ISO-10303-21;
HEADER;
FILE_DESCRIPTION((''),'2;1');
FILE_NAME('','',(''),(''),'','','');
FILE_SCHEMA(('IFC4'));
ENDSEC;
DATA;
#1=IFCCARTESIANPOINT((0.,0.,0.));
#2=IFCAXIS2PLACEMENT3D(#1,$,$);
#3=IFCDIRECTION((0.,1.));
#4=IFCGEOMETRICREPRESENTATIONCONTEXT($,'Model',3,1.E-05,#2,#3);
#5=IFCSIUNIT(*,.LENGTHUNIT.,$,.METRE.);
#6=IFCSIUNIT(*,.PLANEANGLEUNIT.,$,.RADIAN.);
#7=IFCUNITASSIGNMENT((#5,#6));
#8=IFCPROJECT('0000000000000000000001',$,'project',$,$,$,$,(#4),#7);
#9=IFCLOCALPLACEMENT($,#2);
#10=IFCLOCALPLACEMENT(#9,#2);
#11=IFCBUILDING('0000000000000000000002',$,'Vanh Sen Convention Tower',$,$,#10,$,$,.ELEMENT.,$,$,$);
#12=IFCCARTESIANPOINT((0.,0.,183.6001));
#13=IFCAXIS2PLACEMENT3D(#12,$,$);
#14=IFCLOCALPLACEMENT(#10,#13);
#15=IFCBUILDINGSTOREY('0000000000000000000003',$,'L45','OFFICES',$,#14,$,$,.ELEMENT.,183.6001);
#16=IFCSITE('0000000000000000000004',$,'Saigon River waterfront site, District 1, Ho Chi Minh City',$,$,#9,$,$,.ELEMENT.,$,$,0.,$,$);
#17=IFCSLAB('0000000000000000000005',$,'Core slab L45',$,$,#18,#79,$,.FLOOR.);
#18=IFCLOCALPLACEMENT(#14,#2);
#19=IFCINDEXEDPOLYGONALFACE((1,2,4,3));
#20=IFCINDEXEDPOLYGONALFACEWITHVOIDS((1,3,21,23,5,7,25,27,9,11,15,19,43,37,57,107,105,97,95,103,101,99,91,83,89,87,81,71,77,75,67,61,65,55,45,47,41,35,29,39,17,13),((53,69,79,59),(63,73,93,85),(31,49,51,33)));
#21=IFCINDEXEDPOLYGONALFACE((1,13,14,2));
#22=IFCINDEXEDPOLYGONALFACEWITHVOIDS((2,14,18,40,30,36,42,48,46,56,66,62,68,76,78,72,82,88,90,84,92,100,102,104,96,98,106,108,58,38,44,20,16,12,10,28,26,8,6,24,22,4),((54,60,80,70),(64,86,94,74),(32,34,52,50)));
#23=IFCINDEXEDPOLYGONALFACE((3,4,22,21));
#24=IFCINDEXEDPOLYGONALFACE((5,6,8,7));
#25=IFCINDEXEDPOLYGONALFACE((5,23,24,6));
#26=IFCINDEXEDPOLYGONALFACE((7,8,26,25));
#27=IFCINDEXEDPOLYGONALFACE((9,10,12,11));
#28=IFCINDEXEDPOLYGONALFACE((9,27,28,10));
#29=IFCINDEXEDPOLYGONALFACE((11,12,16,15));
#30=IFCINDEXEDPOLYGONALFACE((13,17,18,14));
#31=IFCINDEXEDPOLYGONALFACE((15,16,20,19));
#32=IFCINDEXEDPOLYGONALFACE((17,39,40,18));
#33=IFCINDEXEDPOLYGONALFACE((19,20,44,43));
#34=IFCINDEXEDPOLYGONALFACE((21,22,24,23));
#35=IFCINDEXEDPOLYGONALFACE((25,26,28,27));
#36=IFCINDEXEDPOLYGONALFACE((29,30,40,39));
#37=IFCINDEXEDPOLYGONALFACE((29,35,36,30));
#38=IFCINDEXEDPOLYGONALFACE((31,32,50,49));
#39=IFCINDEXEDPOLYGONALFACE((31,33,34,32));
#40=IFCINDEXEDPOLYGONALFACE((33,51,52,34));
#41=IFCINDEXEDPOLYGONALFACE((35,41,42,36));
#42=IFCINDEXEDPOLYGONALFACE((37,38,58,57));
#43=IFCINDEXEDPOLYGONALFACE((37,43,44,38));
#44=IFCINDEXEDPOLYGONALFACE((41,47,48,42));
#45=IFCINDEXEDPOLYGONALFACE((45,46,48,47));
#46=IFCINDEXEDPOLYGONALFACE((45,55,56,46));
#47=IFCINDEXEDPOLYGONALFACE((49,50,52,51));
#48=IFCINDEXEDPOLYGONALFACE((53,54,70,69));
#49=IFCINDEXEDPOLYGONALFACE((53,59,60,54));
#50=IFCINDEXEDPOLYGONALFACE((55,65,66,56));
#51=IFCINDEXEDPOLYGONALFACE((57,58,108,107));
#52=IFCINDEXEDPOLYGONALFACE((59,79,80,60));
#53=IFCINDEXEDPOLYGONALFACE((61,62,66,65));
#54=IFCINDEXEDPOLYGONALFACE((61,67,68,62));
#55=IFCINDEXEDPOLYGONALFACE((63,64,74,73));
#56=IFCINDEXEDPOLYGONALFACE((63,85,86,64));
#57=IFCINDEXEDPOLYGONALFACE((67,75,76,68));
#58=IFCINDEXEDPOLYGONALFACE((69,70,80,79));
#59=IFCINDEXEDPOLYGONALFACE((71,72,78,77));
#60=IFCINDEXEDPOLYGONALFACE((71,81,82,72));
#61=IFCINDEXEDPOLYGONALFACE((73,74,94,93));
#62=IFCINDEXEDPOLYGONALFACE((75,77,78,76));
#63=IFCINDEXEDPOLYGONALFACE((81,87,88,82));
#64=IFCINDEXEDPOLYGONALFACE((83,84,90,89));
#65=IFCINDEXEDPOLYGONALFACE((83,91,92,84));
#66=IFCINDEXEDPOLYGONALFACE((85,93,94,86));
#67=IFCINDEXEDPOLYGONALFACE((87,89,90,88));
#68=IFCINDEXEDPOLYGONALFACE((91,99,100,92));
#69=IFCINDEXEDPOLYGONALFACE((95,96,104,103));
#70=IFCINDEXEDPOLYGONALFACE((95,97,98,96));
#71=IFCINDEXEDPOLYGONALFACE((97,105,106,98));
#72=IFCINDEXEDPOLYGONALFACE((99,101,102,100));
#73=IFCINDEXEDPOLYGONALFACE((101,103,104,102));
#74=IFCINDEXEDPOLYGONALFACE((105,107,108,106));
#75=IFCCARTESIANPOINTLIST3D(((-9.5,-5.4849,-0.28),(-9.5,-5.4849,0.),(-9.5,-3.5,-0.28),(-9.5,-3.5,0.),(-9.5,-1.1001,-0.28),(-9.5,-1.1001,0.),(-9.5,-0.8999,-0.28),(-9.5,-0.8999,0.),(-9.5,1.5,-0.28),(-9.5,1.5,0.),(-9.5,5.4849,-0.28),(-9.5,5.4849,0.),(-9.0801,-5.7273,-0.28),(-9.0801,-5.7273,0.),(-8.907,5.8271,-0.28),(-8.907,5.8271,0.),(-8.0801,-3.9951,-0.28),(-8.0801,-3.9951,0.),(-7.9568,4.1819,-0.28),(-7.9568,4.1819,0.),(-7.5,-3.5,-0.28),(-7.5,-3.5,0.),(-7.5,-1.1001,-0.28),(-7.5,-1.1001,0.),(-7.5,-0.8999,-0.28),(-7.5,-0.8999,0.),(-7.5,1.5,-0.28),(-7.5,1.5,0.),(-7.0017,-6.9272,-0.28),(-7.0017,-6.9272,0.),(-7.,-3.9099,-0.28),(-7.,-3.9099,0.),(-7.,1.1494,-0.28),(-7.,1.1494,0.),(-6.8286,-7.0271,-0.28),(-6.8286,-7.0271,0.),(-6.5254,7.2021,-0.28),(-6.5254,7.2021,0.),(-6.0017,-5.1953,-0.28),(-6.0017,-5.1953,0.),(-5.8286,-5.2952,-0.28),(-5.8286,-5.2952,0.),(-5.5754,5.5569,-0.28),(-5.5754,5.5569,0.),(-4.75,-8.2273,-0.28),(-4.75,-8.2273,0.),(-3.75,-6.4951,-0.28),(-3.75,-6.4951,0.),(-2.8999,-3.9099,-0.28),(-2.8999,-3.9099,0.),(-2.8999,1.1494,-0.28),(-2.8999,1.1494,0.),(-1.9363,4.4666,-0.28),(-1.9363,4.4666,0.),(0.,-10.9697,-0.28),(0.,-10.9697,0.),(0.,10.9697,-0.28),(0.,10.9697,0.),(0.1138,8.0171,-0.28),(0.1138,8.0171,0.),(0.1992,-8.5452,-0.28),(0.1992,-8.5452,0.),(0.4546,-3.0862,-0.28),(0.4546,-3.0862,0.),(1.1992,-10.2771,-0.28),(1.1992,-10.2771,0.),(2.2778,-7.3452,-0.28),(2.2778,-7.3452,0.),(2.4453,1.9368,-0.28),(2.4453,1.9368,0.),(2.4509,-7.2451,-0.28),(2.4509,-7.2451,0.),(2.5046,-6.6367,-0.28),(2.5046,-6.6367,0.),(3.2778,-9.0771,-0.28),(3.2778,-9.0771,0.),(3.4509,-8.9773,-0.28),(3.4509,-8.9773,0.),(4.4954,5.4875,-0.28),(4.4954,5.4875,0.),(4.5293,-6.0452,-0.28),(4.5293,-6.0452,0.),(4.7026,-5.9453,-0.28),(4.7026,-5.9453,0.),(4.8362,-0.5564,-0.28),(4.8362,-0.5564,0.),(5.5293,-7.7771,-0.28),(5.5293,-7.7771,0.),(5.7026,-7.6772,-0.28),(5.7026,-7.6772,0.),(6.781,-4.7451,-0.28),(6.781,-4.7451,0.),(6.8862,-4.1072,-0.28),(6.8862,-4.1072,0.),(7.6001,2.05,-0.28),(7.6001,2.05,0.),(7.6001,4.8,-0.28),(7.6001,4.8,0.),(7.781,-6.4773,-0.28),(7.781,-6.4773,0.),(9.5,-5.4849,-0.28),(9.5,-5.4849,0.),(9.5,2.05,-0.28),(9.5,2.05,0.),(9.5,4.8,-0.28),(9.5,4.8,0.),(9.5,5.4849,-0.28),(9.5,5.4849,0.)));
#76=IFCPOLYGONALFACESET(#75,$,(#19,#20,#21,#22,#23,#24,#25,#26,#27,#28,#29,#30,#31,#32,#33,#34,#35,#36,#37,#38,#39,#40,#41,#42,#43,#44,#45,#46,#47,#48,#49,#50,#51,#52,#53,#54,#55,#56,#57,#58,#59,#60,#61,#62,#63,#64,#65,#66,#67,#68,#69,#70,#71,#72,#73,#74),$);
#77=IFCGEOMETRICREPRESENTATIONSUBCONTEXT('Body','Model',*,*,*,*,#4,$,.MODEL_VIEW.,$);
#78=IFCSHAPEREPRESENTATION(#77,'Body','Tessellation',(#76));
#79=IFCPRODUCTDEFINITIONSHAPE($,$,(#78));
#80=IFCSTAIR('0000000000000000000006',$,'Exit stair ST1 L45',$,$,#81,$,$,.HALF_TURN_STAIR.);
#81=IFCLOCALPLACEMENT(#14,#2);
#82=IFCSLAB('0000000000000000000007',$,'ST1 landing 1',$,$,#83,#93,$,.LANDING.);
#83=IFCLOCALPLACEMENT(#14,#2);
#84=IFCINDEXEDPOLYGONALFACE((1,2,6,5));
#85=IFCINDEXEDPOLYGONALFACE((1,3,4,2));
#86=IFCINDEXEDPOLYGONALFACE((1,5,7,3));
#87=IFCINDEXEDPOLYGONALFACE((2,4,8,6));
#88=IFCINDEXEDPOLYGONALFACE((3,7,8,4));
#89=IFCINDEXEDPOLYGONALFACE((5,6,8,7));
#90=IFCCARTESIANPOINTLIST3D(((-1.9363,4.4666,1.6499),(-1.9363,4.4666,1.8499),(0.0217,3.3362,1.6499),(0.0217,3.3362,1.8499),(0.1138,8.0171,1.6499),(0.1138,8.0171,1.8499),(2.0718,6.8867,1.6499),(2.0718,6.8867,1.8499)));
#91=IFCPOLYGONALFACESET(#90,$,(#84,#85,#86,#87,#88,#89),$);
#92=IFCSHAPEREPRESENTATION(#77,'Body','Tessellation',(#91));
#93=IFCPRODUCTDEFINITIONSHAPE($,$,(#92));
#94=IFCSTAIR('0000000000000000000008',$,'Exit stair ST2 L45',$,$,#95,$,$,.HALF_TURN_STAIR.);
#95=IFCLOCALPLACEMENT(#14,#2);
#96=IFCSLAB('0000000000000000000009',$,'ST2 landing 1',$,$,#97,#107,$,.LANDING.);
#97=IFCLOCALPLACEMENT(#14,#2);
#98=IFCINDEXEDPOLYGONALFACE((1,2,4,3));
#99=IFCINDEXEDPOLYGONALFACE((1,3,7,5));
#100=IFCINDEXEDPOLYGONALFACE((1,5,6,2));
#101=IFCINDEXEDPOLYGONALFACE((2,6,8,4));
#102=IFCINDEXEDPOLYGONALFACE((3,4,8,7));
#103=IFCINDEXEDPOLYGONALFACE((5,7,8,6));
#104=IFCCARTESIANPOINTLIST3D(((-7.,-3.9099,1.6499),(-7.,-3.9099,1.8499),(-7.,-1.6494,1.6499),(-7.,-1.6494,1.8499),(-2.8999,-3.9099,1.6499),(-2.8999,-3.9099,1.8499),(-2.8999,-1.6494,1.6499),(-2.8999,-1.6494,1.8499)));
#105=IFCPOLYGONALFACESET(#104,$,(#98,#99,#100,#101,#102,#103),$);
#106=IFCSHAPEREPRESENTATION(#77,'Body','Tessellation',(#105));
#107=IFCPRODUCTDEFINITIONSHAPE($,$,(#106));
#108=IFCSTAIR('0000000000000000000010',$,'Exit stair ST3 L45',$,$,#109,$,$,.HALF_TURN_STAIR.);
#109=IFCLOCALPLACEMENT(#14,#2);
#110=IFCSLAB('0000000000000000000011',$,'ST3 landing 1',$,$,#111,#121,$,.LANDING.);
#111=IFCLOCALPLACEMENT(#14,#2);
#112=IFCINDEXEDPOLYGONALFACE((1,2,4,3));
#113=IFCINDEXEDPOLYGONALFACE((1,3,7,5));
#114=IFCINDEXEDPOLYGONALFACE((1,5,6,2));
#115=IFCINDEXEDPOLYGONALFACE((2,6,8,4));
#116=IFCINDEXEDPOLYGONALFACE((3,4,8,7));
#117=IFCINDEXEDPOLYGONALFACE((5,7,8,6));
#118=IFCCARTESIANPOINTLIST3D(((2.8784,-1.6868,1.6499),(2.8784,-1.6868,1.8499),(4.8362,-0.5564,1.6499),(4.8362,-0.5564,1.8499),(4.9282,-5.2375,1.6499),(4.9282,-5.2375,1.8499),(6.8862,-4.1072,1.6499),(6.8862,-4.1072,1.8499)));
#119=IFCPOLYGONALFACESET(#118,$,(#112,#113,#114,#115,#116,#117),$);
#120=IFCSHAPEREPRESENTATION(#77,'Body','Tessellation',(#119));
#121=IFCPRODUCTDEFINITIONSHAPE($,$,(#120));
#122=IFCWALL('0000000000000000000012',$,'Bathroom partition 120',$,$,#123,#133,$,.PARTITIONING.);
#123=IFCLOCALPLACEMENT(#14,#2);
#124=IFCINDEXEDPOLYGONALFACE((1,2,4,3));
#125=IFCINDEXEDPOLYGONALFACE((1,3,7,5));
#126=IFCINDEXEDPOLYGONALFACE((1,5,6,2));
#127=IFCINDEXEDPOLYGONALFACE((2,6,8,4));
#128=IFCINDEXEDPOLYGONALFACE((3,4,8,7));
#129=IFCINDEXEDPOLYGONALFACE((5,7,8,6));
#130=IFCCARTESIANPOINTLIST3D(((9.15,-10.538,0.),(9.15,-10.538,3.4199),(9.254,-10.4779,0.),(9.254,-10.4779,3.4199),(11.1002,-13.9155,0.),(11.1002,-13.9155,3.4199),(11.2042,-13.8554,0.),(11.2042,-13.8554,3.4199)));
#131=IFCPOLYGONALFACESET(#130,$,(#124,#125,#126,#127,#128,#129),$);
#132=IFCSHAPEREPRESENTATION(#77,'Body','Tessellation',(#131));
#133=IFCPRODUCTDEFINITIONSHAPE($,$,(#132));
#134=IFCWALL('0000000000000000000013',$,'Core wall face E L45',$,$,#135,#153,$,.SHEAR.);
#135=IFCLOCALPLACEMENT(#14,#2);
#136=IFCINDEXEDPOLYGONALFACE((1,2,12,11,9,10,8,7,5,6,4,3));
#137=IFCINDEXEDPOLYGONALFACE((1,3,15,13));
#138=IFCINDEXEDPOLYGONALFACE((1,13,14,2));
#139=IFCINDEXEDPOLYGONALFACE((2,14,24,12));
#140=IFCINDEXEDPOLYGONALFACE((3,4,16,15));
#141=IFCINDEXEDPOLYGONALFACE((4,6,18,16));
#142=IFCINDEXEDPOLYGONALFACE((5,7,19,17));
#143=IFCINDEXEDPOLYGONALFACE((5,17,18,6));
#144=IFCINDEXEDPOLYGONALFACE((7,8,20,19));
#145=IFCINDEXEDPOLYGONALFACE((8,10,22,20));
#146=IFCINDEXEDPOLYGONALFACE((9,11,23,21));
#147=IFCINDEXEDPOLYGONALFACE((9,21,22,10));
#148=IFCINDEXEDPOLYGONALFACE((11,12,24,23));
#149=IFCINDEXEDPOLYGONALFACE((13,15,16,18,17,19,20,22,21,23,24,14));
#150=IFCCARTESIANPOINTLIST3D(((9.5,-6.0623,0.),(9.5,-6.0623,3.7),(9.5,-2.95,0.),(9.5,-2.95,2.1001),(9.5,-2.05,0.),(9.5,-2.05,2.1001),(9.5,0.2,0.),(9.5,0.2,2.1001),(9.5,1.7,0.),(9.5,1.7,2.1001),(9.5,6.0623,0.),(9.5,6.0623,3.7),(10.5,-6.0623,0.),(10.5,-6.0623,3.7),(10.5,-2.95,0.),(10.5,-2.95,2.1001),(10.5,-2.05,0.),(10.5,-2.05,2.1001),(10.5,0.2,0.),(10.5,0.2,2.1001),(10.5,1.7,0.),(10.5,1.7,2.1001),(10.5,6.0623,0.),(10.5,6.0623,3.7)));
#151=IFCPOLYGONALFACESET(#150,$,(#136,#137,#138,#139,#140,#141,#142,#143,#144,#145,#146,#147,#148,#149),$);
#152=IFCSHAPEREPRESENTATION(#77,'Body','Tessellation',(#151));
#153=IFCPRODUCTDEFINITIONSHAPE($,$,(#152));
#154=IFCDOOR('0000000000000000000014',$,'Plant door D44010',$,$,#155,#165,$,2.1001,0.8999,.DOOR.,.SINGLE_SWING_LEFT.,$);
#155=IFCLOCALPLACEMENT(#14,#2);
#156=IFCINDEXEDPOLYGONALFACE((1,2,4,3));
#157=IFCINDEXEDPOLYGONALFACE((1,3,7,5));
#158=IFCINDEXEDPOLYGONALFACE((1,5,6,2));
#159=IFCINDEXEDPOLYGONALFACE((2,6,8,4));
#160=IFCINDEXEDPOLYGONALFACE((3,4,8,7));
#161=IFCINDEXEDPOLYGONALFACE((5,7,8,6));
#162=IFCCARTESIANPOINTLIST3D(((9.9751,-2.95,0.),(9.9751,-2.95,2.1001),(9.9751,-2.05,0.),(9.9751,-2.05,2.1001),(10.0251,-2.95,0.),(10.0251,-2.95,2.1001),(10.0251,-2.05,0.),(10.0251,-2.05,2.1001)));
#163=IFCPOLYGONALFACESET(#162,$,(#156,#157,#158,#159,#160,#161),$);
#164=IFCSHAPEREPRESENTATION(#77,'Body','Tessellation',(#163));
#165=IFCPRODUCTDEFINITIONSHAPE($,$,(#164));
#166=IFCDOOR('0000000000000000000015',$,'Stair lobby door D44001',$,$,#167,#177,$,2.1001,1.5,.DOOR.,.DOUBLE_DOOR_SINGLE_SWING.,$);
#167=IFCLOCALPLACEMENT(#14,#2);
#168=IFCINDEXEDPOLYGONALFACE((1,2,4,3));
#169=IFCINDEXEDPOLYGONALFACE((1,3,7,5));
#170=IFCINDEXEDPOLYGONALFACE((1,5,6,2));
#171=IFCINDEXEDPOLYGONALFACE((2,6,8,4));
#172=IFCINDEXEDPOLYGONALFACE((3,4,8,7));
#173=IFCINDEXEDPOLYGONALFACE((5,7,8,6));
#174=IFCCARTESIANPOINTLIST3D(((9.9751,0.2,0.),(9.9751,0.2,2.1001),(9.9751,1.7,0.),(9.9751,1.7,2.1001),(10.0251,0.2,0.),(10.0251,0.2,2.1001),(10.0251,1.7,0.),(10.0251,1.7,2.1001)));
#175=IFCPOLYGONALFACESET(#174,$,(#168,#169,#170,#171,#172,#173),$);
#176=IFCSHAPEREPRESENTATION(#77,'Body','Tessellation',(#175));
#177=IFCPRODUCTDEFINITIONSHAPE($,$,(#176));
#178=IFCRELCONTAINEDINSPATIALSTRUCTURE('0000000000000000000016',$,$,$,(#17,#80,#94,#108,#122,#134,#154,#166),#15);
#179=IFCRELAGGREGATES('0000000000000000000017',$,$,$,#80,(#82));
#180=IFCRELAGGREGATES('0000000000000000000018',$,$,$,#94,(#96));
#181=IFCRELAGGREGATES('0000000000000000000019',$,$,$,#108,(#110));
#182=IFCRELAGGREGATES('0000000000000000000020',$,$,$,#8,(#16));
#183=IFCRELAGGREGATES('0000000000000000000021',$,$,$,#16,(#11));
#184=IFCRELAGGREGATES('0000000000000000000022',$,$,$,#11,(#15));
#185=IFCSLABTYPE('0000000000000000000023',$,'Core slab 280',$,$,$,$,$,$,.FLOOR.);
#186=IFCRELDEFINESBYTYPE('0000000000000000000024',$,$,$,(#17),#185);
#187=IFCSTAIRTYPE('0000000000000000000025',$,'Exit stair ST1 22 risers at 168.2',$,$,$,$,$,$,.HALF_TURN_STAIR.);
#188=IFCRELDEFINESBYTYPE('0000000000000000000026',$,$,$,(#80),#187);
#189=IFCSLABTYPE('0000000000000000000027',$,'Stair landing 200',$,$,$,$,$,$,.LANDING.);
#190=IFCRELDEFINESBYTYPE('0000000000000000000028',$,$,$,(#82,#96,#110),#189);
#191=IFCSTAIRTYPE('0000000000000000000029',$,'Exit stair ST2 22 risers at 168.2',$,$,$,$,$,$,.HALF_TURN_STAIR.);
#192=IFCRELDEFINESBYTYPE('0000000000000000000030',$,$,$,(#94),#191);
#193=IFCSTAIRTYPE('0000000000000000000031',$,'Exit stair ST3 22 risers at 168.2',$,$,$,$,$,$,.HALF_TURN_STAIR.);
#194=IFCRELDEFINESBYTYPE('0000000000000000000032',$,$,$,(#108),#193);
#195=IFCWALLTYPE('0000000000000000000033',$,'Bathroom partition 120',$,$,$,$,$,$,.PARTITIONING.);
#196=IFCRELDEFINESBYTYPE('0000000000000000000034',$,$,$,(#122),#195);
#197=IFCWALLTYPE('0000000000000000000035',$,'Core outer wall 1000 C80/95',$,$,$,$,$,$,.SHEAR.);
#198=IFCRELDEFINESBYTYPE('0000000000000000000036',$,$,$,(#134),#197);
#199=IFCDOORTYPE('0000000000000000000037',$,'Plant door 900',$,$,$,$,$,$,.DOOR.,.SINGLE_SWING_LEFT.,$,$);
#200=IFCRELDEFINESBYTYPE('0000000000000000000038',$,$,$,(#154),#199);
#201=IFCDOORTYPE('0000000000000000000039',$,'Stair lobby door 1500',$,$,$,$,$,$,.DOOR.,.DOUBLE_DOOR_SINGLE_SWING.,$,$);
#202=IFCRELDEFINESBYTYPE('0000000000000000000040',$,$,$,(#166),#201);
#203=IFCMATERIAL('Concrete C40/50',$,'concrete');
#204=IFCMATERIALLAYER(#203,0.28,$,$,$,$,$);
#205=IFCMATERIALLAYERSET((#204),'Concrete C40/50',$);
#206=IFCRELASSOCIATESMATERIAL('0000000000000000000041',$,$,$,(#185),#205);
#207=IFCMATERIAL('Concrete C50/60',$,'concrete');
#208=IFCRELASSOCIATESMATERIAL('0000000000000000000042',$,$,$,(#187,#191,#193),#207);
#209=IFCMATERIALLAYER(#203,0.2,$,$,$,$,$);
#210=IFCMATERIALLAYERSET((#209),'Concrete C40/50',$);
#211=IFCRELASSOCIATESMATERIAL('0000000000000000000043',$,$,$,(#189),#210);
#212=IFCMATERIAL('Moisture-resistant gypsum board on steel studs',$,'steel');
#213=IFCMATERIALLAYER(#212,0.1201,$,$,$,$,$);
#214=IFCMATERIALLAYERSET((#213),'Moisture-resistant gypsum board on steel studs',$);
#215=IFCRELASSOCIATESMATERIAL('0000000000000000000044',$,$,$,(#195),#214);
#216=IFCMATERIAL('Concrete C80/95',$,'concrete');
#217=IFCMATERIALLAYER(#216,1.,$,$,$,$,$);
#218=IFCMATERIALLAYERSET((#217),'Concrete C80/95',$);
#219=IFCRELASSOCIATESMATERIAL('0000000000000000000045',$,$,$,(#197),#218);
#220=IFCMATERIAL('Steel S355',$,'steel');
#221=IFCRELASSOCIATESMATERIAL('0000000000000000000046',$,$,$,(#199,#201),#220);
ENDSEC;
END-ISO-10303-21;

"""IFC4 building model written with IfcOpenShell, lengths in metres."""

from ifc_helpers import new_model, si_unit, direction, frame, frame_2d, origin, place, context, subcontext, project, spatial, polyline, rectangle, outline, extrude, material, layer, layer_set, type_object, element, fill, aggregate, save


model = new_model("IFC4")

# Units and contexts
model_context = context("Model", 3, precision=1e-05, world=origin(), true_north=direction((0.0, 1.0)))
body_context = subcontext(model_context, "Body", "Model", "MODEL_VIEW")
ifc_project = project(units=[si_unit("LENGTHUNIT", "METRE"), si_unit("PLANEANGLEUNIT", "RADIAN")], contexts=[model_context])

# Site, building, storey
site_placement = place(None, origin())
site = spatial("IfcSite", under=ifc_project, at=site_placement, Name="Saigon River waterfront site, District 1, Ho Chi Minh City", CompositionType="ELEMENT", RefElevation=0.0)
building_placement = place(site_placement, origin())
building = spatial("IfcBuilding", under=site, at=building_placement, Name="Vanh Sen Convention Tower", CompositionType="ELEMENT")
storey_placement = place(building_placement, frame((0.0, 0.0, 183.6001)))
storey = spatial("IfcBuildingStorey", under=building, at=storey_placement, Name="L45", Description="OFFICES", CompositionType="ELEMENT", Elevation=183.6001)

# Slab
ifc_material_1 = material(Name="Concrete C40/50", Category="concrete")
ifc_layer_1 = layer(ifc_material_1, 0.28)
ifc_layer_set_1 = layer_set([ifc_layer_1], Name="Concrete C40/50")
slab_type_1 = type_object("IfcSlabType", Name="Core slab 280", PredefinedType="FLOOR", material=ifc_layer_set_1)
slab_1_placement = place(storey_placement, frame((0.0, 0.0, -0.28)))
element("IfcSlab", 1, at=slab_1_placement, inside=storey, type_object=slab_type_1, Name="Core slab L45", PredefinedType="FLOOR", context=body_context, shape_type="SweptSolid", body=[
    extrude(outline(polyline([(0.0, 10.9697), (9.5, 5.4849), (9.5, 4.8), (7.6001, 4.8), (7.6001, 2.05), (9.5, 2.05), (9.5, -5.4849), (7.781, -6.4773), (6.781, -4.7451), (4.7026, -5.9453), (5.7026, -7.6772), (5.5293, -7.7771), (4.5293, -6.0452), (2.4509, -7.2451), (3.4509, -8.9773), (3.2778, -9.0771), (2.2778, -7.3452), (0.1992, -8.5452), (1.1992, -10.2771), (0.0, -10.9697), (-4.75, -8.2273), (-3.75, -6.4951), (-5.8286, -5.2952), (-6.8286, -7.0271), (-7.0017, -6.9272), (-6.0017, -5.1953), (-8.0801, -3.9951), (-9.0801, -5.7273), (-9.5, -5.4849), (-9.5, -3.5), (-7.5, -3.5), (-7.5, -1.1001), (-9.5, -1.1001), (-9.5, -0.8999), (-7.5, -0.8999), (-7.5, 1.5), (-9.5, 1.5), (-9.5, 5.4849), (-8.907, 5.8271), (-7.9568, 4.1819), (-5.5754, 5.5569), (-6.5254, 7.2021), (0.0, 10.9697)]), holes=[polyline([(-7.0, 1.1494), (-7.0, -3.9099), (-2.8999, -3.9099), (-2.8999, 1.1494), (-7.0, 1.1494)]), polyline([(2.5046, -6.6367), (6.8862, -4.1072), (4.8362, -0.5564), (0.4546, -3.0862), (2.5046, -6.6367)]), polyline([(0.1138, 8.0171), (-1.9363, 4.4666), (2.4453, 1.9368), (4.4954, 5.4875), (0.1138, 8.0171)])]), origin(), (0.0, 0.0, 1.0), 0.28),
])

# Stairs, slabs
ifc_material_2 = material(Name="Concrete C50/60", Category="concrete")
stair_type_1 = type_object("IfcStairType", Name="Exit stair ST1 22 risers at 168.2", PredefinedType="HALF_TURN_STAIR", material=ifc_material_2)
stair_1_placement = place(storey_placement, origin())
stair_1 = element("IfcStair", 2, at=stair_1_placement, inside=storey, type_object=stair_type_1, Name="Exit stair ST1 L45", PredefinedType="HALF_TURN_STAIR")
ifc_layer_2 = layer(ifc_material_1, 0.2)
ifc_layer_set_2 = layer_set([ifc_layer_2], Name="Concrete C40/50")
slab_type_2 = type_object("IfcSlabType", Name="Stair landing 200", PredefinedType="LANDING", material=ifc_layer_set_2)
slab_2_placement = place(storey_placement, frame((0.0, 0.0, 1.6499)))
slab_2 = element("IfcSlab", 3, at=slab_2_placement, type_object=slab_type_2, Name="ST1 landing 1", PredefinedType="LANDING", context=body_context, shape_type="SweptSolid", body=[
    extrude(outline(polyline([(2.0718, 6.8867), (0.1138, 8.0171), (-1.9363, 4.4666), (0.0217, 3.3362), (2.0718, 6.8867)])), origin(), (0.0, 0.0, 1.0), 0.2),
])
aggregate(stair_1, [slab_2])
stair_type_2 = type_object("IfcStairType", Name="Exit stair ST2 22 risers at 168.2", PredefinedType="HALF_TURN_STAIR", material=ifc_material_2)
stair_2_placement = place(storey_placement, origin())
stair_2 = element("IfcStair", 4, at=stair_2_placement, inside=storey, type_object=stair_type_2, Name="Exit stair ST2 L45", PredefinedType="HALF_TURN_STAIR")
slab_3_placement = place(storey_placement, frame((0.0, 0.0, 1.6499)))
slab_3 = element("IfcSlab", 5, at=slab_3_placement, type_object=slab_type_2, Name="ST2 landing 1", PredefinedType="LANDING", context=body_context, shape_type="SweptSolid", body=[
    extrude(outline(polyline([(-7.0, -1.6494), (-7.0, -3.9099), (-2.8999, -3.9099), (-2.8999, -1.6494), (-7.0, -1.6494)])), origin(), (0.0, 0.0, 1.0), 0.2),
])
aggregate(stair_2, [slab_3])
stair_type_3 = type_object("IfcStairType", Name="Exit stair ST3 22 risers at 168.2", PredefinedType="HALF_TURN_STAIR", material=ifc_material_2)
stair_3_placement = place(storey_placement, origin())
stair_3 = element("IfcStair", 6, at=stair_3_placement, inside=storey, type_object=stair_type_3, Name="Exit stair ST3 L45", PredefinedType="HALF_TURN_STAIR")
slab_4_placement = place(storey_placement, frame((0.0, 0.0, 1.6499)))
slab_4 = element("IfcSlab", 7, at=slab_4_placement, type_object=slab_type_2, Name="ST3 landing 1", PredefinedType="LANDING", context=body_context, shape_type="SweptSolid", body=[
    extrude(outline(polyline([(4.9282, -5.2375), (6.8862, -4.1072), (4.8362, -0.5564), (2.8784, -1.6868), (4.9282, -5.2375)])), origin(), (0.0, 0.0, 1.0), 0.2),
])
aggregate(stair_3, [slab_4])

# Wall
ifc_material_3 = material(Name="Moisture-resistant gypsum board on steel studs", Category="steel")
ifc_layer_3 = layer(ifc_material_3, 0.1201)
ifc_layer_set_3 = layer_set([ifc_layer_3], Name="Moisture-resistant gypsum board on steel studs")
wall_type_1 = type_object("IfcWallType", Name="Bathroom partition 120", PredefinedType="PARTITIONING", material=ifc_layer_set_3)
wall_1_placement = place(storey_placement, frame((9.2019, -10.5078, 0.0), z_axis=(0.0, 0.0, 1.0), x_axis=(0.500044, -0.866, 0.0)))
element("IfcWall", 8, at=wall_1_placement, inside=storey, type_object=wall_type_1, Name="Bathroom partition 120", PredefinedType="PARTITIONING", context=body_context, shape_type="SweptSolid", body=[
    extrude(rectangle(XDim=3.9001, YDim=0.1201, at=frame_2d((1.9502, 0.0))), origin(), (0.0, 0.0, 1.0), 3.4199),
])

# Wall, openings, doors
ifc_material_4 = material(Name="Concrete C80/95", Category="concrete")
ifc_layer_4 = layer(ifc_material_4, 1.0)
ifc_layer_set_4 = layer_set([ifc_layer_4], Name="Concrete C80/95")
wall_type_2 = type_object("IfcWallType", Name="Core outer wall 1000 C80/95", PredefinedType="SHEAR", material=ifc_layer_set_4)
wall_2_placement = place(storey_placement, frame((10.0, -6.0623, 0.0), z_axis=(0.0, 0.0, 1.0), x_axis=(0.0, 1.0, 0.0)))
wall_2 = element("IfcWall", 9, at=wall_2_placement, inside=storey, type_object=wall_type_2, Name="Core wall face E L45", PredefinedType="SHEAR", context=body_context, shape_type="SweptSolid", body=[
    extrude(rectangle(XDim=12.1245, YDim=1.0, at=frame_2d((6.0623, 0.0))), origin(), (0.0, 0.0, 1.0), 3.7),
])
opening_1_placement = place(wall_2_placement, frame((6.2622, 0.0, 0.0)))
opening_1 = element("IfcOpeningElement", 10, at=opening_1_placement, cuts=wall_2, PredefinedType="OPENING", context=body_context, shape_type="SweptSolid", body=[
    extrude(rectangle(XDim=1.5, YDim=2.1001, at=frame_2d((0.75, 1.05))), frame((0.0, 0.51, 0.0), z_axis=(0.0, -1.0, 0.0), x_axis=(1.0, 0.0, 0.0)), (0.0, 0.0, 1.0), 1.02),
])
opening_2_placement = place(wall_2_placement, frame((3.1123, 0.0, 0.0)))
opening_2 = element("IfcOpeningElement", 11, at=opening_2_placement, cuts=wall_2, PredefinedType="OPENING", context=body_context, shape_type="SweptSolid", body=[
    extrude(rectangle(XDim=0.8999, YDim=2.1001, at=frame_2d((0.45, 1.05))), frame((0.0, 0.51, 0.0), z_axis=(0.0, -1.0, 0.0), x_axis=(1.0, 0.0, 0.0)), (0.0, 0.0, 1.0), 1.02),
])
ifc_material_5 = material(Name="Steel S355", Category="steel")
door_type_1 = type_object("IfcDoorType", Name="Plant door 900", OperationType="SINGLE_SWING_LEFT", PredefinedType="DOOR", material=ifc_material_5)
door_1_placement = place(opening_2_placement, origin())
door_1 = element("IfcDoor", 12, at=door_1_placement, inside=storey, type_object=door_type_1, Name="Plant door D44010", OperationType="SINGLE_SWING_LEFT", OverallHeight=2.1001, OverallWidth=0.8999, PredefinedType="DOOR", context=body_context, shape_type="SweptSolid", body=[
    extrude(rectangle(XDim=0.8999, YDim=2.1001, at=frame_2d((0.45, 1.05))), frame((0.0, 0.0249, 0.0), z_axis=(0.0, -1.0, 0.0), x_axis=(1.0, 0.0, 0.0)), (0.0, 0.0, 1.0), 0.05),
])
fill(opening_2, door_1)
door_type_2 = type_object("IfcDoorType", Name="Stair lobby door 1500", OperationType="DOUBLE_DOOR_SINGLE_SWING", PredefinedType="DOOR", material=ifc_material_5)
door_2_placement = place(opening_1_placement, origin())
door_2 = element("IfcDoor", 13, at=door_2_placement, inside=storey, type_object=door_type_2, Name="Stair lobby door D44001", OperationType="DOUBLE_DOOR_SINGLE_SWING", OverallHeight=2.1001, OverallWidth=1.5, PredefinedType="DOOR", context=body_context, shape_type="SweptSolid", body=[
    extrude(rectangle(XDim=1.5, YDim=2.1001, at=frame_2d((0.75, 1.05))), frame((0.0, 0.0249, 0.0), z_axis=(0.0, -1.0, 0.0), x_axis=(1.0, 0.0, 0.0)), (0.0, 0.0, 1.0), 0.05),
])
fill(opening_1, door_2)

save(model, "model.ifc")
